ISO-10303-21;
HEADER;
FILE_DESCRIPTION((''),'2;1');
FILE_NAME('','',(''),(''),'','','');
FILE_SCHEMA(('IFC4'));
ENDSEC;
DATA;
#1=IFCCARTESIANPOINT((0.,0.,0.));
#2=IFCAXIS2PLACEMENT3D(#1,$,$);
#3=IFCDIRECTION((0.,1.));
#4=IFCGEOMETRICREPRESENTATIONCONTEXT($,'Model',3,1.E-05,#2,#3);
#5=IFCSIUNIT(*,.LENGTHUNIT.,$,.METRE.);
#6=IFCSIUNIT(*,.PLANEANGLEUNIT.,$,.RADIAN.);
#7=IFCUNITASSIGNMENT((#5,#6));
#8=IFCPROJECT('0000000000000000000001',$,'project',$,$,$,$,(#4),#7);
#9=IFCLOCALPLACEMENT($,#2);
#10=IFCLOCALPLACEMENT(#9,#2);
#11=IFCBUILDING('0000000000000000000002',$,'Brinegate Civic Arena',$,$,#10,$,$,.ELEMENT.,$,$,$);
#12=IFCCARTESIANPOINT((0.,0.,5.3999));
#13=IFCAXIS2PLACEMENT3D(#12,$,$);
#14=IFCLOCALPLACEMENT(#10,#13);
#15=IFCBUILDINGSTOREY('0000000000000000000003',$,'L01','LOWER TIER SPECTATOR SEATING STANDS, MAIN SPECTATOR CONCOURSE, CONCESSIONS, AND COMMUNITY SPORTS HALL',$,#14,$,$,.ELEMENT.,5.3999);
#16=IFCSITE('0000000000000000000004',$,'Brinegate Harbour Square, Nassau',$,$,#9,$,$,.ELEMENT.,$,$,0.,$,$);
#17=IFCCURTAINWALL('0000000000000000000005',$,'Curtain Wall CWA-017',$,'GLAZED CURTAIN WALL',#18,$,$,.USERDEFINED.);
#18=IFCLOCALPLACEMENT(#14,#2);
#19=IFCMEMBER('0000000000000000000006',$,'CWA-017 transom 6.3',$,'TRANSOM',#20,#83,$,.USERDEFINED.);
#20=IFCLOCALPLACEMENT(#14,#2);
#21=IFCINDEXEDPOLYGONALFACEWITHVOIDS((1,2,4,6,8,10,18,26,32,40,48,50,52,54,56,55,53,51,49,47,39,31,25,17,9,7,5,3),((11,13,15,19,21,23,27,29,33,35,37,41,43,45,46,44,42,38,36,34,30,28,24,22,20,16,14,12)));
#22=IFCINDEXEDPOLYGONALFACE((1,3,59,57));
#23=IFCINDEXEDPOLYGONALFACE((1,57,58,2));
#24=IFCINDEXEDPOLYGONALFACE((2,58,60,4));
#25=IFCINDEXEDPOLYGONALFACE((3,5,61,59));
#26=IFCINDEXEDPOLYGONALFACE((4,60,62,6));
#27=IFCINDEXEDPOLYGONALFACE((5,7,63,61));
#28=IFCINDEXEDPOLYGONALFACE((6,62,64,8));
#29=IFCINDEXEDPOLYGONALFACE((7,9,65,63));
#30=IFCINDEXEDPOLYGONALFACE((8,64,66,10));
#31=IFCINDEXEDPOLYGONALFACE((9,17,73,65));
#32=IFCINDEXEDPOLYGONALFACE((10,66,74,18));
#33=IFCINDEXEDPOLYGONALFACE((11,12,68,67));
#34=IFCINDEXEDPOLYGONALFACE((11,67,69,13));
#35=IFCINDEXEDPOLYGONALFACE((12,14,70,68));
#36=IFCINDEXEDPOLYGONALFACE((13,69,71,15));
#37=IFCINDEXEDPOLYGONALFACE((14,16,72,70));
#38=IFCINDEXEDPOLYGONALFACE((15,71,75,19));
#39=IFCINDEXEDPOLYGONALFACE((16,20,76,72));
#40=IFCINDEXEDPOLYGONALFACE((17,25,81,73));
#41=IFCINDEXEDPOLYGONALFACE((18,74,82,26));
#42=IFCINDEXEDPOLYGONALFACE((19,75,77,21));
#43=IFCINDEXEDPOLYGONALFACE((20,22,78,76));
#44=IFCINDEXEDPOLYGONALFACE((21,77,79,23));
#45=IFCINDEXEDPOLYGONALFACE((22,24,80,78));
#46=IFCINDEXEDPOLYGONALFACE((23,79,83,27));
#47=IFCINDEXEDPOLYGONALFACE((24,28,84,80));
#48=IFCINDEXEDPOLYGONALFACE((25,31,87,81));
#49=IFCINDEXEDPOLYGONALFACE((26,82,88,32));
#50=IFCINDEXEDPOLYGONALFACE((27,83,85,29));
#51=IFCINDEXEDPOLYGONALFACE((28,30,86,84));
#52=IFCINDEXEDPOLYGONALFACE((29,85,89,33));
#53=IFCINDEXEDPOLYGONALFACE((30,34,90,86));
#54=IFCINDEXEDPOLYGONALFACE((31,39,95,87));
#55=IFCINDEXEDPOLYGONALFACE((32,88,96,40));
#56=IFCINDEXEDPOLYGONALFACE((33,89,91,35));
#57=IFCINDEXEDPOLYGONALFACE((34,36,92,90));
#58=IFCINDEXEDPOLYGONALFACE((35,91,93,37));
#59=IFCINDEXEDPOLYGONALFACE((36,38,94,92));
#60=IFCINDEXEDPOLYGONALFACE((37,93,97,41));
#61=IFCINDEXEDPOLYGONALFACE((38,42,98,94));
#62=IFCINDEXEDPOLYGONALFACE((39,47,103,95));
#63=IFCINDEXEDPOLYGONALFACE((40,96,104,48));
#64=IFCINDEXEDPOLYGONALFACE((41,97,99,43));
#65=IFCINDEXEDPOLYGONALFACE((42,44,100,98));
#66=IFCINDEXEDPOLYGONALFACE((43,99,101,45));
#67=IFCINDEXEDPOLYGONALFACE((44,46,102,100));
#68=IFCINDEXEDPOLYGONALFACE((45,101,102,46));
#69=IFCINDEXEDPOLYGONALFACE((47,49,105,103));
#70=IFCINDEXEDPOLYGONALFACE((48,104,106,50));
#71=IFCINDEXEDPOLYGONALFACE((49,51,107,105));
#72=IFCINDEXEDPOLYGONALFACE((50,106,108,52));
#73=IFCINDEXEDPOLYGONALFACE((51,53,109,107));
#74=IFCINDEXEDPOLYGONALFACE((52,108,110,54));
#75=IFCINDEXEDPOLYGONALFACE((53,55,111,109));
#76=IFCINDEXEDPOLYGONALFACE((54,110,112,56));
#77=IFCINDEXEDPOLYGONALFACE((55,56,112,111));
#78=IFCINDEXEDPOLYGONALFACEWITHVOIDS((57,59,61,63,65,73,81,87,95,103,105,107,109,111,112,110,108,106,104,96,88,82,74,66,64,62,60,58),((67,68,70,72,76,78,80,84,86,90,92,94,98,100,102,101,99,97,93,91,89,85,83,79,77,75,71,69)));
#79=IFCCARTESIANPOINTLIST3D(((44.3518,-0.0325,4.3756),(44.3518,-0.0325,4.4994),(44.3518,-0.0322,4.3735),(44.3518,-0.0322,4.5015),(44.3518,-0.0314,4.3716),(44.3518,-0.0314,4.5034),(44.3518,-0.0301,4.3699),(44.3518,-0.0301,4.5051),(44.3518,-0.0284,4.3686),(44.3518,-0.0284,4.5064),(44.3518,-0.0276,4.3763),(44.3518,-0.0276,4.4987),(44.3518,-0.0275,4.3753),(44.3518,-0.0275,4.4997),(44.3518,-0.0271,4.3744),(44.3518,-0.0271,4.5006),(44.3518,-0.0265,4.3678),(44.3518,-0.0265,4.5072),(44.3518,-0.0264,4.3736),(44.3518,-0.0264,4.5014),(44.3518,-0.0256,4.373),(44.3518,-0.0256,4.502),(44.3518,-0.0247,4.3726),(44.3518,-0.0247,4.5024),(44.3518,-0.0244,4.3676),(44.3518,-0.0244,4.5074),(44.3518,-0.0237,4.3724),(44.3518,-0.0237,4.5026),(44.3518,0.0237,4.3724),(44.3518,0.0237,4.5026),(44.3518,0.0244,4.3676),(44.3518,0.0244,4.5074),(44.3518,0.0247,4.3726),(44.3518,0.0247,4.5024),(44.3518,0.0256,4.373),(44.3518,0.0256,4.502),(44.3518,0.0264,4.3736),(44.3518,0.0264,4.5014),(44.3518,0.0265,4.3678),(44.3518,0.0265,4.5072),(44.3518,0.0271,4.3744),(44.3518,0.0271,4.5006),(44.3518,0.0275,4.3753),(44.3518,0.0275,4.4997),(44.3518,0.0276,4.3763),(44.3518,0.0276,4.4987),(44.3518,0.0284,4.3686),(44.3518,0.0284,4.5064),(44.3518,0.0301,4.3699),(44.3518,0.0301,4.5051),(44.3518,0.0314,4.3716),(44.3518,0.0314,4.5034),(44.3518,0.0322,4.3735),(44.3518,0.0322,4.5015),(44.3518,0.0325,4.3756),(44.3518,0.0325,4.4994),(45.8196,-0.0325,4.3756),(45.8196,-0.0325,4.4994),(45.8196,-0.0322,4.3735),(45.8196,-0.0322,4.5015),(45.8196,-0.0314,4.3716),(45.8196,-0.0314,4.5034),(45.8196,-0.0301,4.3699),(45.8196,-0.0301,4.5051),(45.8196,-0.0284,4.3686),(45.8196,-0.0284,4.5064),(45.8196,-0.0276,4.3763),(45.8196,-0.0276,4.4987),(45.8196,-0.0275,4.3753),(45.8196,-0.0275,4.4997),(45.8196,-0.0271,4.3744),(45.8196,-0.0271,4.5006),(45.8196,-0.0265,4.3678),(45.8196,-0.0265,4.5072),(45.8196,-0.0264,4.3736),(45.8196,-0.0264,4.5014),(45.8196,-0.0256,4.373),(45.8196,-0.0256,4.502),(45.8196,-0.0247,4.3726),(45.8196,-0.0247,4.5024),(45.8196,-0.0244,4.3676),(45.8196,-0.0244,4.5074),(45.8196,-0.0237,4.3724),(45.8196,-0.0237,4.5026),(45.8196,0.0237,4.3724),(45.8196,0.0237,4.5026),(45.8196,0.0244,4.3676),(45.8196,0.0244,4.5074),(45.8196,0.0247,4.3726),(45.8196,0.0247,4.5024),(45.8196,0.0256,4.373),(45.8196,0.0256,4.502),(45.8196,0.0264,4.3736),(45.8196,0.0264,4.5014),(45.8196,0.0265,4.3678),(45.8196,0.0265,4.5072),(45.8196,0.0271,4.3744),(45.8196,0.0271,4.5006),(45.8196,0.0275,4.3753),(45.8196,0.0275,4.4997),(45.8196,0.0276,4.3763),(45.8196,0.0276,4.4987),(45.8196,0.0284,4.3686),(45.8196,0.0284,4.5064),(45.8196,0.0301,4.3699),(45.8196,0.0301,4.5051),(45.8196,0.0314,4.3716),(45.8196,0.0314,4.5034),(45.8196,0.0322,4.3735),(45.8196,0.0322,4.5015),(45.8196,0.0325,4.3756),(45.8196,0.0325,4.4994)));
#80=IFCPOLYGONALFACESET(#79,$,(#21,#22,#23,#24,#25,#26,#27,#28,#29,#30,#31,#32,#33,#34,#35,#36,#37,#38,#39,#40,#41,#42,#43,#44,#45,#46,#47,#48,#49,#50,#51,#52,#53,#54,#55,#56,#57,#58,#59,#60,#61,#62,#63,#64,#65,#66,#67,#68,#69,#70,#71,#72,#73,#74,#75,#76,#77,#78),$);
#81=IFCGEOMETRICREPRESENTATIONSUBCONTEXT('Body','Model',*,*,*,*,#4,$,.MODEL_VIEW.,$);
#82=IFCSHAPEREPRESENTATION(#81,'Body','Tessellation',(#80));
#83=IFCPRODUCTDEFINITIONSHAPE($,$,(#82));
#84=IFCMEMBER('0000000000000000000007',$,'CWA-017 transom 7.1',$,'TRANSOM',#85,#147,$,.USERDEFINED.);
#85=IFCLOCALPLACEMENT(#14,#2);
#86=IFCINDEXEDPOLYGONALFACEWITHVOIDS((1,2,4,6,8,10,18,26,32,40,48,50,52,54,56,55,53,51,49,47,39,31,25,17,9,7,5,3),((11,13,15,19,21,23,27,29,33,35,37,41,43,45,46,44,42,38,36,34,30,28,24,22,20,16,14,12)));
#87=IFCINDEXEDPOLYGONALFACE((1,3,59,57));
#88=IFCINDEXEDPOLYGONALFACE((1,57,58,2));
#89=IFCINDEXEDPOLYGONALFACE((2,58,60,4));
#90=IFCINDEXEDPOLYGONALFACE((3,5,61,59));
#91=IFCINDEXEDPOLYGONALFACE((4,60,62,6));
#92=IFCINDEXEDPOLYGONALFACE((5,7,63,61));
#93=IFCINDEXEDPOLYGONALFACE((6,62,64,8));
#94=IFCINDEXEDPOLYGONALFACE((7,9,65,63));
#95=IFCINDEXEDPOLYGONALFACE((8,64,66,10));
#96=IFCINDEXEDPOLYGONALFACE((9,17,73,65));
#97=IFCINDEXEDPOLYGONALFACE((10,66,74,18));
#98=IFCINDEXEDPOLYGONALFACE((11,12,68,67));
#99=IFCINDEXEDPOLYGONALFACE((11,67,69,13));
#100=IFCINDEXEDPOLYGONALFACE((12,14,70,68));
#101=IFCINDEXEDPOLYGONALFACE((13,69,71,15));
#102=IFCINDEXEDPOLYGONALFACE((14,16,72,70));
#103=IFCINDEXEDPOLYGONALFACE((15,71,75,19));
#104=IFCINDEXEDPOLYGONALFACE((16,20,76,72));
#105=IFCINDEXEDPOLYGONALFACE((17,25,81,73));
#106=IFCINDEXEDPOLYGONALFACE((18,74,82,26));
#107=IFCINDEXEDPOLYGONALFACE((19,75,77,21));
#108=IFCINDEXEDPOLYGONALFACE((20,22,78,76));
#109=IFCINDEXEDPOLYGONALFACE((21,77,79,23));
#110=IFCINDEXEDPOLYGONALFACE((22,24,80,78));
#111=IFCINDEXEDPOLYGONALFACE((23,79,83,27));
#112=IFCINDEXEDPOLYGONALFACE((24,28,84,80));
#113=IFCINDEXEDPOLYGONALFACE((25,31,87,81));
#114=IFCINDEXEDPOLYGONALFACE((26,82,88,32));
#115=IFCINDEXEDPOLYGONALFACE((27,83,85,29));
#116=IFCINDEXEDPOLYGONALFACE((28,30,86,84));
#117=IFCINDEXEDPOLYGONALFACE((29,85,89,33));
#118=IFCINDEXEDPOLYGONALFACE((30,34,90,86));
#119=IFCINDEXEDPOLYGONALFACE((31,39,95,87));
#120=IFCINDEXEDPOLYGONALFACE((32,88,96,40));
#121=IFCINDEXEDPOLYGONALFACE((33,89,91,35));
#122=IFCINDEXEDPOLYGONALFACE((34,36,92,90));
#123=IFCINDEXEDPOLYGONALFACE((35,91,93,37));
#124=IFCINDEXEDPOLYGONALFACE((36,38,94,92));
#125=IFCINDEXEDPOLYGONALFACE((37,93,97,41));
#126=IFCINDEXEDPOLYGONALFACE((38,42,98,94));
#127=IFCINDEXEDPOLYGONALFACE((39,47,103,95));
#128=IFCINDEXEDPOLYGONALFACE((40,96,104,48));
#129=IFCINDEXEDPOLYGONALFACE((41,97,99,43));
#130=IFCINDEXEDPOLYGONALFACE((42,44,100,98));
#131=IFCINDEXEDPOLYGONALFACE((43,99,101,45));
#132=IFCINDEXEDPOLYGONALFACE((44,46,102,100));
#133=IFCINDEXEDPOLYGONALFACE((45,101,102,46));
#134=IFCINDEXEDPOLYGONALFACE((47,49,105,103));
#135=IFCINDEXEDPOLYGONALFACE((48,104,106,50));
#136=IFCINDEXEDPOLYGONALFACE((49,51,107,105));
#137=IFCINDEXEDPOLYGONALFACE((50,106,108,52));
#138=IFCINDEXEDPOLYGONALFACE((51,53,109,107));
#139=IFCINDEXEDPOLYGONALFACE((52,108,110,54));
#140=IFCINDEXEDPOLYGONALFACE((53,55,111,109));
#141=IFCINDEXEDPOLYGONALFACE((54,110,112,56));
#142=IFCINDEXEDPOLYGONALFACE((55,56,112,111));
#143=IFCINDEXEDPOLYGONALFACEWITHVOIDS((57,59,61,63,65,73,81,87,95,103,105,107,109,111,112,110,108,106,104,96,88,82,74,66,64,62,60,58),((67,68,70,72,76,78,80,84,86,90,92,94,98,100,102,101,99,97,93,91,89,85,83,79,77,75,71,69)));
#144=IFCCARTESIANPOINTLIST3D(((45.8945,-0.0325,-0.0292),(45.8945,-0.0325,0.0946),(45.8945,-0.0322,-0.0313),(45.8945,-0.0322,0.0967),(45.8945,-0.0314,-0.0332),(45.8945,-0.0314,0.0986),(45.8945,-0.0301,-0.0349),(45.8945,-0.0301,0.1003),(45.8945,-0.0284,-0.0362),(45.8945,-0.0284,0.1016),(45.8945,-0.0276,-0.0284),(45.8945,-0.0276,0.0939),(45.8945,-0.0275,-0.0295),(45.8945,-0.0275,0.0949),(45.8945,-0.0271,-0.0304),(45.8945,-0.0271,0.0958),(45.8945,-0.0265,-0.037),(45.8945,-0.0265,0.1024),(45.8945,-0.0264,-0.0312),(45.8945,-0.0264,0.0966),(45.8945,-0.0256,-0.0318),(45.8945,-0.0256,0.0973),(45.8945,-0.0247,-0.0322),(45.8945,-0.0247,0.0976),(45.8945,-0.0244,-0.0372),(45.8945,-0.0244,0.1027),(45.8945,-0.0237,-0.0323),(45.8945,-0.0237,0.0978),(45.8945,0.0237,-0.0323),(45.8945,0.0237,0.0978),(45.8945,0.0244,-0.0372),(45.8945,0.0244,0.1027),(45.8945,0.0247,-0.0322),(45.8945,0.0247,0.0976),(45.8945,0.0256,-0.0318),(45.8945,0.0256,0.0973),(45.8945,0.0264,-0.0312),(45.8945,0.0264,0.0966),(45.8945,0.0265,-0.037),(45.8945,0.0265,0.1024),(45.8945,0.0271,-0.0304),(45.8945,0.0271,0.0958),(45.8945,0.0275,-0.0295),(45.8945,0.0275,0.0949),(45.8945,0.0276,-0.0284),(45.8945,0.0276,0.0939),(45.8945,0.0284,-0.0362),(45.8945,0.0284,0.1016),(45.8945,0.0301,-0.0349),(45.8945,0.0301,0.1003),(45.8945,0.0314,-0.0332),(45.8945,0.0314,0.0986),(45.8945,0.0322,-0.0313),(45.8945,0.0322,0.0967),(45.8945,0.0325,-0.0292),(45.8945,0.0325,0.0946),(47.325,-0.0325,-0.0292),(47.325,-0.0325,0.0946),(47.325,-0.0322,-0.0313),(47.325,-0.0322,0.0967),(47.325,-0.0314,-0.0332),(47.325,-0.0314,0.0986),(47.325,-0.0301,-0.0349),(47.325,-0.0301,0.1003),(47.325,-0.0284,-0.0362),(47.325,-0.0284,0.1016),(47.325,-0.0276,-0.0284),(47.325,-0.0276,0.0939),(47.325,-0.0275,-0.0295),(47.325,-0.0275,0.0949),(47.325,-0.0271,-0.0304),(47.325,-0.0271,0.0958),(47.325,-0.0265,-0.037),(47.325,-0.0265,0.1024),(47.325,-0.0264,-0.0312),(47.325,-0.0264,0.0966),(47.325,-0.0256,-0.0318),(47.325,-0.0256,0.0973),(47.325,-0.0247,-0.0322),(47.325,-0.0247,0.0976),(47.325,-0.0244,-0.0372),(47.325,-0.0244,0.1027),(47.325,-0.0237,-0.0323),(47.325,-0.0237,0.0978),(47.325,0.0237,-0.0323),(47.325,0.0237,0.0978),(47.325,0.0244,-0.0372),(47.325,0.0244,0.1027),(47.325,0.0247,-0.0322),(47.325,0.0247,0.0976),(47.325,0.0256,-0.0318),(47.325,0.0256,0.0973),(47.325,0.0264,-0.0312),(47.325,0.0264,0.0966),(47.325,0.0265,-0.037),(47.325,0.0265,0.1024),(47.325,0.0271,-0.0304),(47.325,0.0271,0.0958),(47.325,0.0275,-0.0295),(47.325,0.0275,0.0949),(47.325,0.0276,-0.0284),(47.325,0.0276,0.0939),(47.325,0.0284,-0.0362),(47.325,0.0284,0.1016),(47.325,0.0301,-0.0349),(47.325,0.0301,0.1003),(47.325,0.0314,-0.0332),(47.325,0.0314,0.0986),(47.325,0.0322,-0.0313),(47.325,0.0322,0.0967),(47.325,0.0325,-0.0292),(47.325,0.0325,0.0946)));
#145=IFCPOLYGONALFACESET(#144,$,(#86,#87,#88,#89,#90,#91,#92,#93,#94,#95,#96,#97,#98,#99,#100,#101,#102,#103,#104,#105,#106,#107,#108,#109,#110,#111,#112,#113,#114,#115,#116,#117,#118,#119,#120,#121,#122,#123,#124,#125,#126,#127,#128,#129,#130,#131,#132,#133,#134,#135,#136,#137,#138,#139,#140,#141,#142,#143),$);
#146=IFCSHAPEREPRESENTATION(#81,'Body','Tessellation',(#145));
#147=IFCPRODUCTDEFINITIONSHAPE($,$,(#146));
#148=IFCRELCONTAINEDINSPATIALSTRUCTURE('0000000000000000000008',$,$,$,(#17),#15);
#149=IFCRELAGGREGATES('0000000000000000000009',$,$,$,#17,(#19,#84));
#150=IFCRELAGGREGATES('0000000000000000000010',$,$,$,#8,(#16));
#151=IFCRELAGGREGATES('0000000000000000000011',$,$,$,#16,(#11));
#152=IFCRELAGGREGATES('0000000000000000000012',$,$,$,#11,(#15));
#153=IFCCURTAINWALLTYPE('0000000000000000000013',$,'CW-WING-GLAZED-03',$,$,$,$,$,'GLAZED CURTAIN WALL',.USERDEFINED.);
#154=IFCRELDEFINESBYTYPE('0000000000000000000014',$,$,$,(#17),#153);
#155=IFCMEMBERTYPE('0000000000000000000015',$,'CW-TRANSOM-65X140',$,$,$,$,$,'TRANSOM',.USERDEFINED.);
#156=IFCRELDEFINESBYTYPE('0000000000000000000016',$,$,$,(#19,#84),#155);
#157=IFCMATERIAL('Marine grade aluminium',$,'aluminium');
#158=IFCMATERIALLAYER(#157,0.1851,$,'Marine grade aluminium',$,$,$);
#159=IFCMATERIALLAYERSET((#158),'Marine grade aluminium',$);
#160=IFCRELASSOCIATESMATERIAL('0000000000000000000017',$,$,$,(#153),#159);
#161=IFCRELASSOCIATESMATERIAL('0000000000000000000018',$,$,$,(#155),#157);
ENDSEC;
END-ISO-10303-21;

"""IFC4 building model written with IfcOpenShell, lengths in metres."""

from ifc_helpers import new_model, si_unit, direction, frame, origin, origin_2d, place, context, subcontext, project, spatial, hollow_rectangle, extrude, material, layer, layer_set, material_profile, profile_set, type_object, element, aggregate, save


model = new_model("IFC4")

# Units and contexts
model_context = context("Model", 3, precision=1e-05, world=origin(), true_north=direction((0.0, 1.0)))
body_context = subcontext(model_context, "Body", "Model", "MODEL_VIEW")
ifc_project = project(units=[si_unit("LENGTHUNIT", "METRE"), si_unit("PLANEANGLEUNIT", "RADIAN")], contexts=[model_context])

# Site, building, storey
site_placement = place(None, origin())
site = spatial("IfcSite", under=ifc_project, at=site_placement, Name="Brinegate Harbour Square, Nassau", CompositionType="ELEMENT", RefElevation=0.0)
building_placement = place(site_placement, origin())
building = spatial("IfcBuilding", under=site, at=building_placement, Name="Brinegate Civic Arena", CompositionType="ELEMENT")
storey_placement = place(building_placement, frame((0.0, 0.0, 5.3999)))
storey = spatial("IfcBuildingStorey", under=building, at=storey_placement, Name="L01", Description="LOWER TIER SPECTATOR SEATING STANDS, MAIN SPECTATOR CONCOURSE, CONCESSIONS, AND COMMUNITY SPORTS HALL", CompositionType="ELEMENT", Elevation=5.3999)

# Curtain wall
ifc_material_1 = material(Name="Marine grade aluminium", Category="aluminium")
ifc_layer_1 = layer(ifc_material_1, 0.1851, Name="Marine grade aluminium")
ifc_layer_set_1 = layer_set([ifc_layer_1], Name="Marine grade aluminium")
curtain_wall_type_1 = type_object("IfcCurtainWallType", Name="CW-WING-GLAZED-03", ElementType="GLAZED CURTAIN WALL", PredefinedType="USERDEFINED", material=ifc_layer_set_1)
curtain_wall_1_placement = place(storey_placement, origin())
curtain_wall_1 = element("IfcCurtainWall", 1, at=curtain_wall_1_placement, inside=storey, type_object=curtain_wall_type_1, Name="Curtain Wall CWA-017", ObjectType="GLAZED CURTAIN WALL", PredefinedType="USERDEFINED")

# Members
ifc_material_profile_1 = material_profile(ifc_material_1, hollow_rectangle(XDim=0.0649, YDim=0.1399, WallThickness=0.0049, InnerFilletRadius=0.0039, OuterFilletRadius=0.0081, at=origin_2d()), Name="TRN65X140")
ifc_profile_set_1 = profile_set([ifc_material_profile_1], Name="Marine grade aluminium")
member_type_1 = type_object("IfcMemberType", Name="CW-TRANSOM-65X140", ElementType="TRANSOM", PredefinedType="USERDEFINED", material=ifc_profile_set_1)
member_1_placement = place(storey_placement, frame((44.3518, 0.0, 4.4375), z_axis=(1.0, 0.0, 0.0), x_axis=(0.0, 1.0, 0.0)))
member_1 = element("IfcMember", 2, at=member_1_placement, type_object=member_type_1, Name="CWA-017 transom 6.3", ObjectType="TRANSOM", PredefinedType="USERDEFINED", context=body_context, shape_type="SweptSolid", body=[
    extrude(hollow_rectangle(XDim=0.0649, YDim=0.1399, WallThickness=0.0049, InnerFilletRadius=0.0039, OuterFilletRadius=0.0081, at=origin_2d()), origin(), (0.0, 0.0, 1.0), 1.4678),
])
member_2_placement = place(storey_placement, frame((45.8945, 0.0, 0.0327), z_axis=(1.0, 0.0, 0.0), x_axis=(0.0, 1.0, 0.0)))
member_2 = element("IfcMember", 3, at=member_2_placement, type_object=member_type_1, Name="CWA-017 transom 7.1", ObjectType="TRANSOM", PredefinedType="USERDEFINED", context=body_context, shape_type="SweptSolid", body=[
    extrude(hollow_rectangle(XDim=0.0649, YDim=0.1399, WallThickness=0.0049, InnerFilletRadius=0.0039, OuterFilletRadius=0.0081, at=origin_2d()), origin(), (0.0, 0.0, 1.0), 1.4304),
])

aggregate(curtain_wall_1, [member_1, member_2])

save(model, "model.ifc")
